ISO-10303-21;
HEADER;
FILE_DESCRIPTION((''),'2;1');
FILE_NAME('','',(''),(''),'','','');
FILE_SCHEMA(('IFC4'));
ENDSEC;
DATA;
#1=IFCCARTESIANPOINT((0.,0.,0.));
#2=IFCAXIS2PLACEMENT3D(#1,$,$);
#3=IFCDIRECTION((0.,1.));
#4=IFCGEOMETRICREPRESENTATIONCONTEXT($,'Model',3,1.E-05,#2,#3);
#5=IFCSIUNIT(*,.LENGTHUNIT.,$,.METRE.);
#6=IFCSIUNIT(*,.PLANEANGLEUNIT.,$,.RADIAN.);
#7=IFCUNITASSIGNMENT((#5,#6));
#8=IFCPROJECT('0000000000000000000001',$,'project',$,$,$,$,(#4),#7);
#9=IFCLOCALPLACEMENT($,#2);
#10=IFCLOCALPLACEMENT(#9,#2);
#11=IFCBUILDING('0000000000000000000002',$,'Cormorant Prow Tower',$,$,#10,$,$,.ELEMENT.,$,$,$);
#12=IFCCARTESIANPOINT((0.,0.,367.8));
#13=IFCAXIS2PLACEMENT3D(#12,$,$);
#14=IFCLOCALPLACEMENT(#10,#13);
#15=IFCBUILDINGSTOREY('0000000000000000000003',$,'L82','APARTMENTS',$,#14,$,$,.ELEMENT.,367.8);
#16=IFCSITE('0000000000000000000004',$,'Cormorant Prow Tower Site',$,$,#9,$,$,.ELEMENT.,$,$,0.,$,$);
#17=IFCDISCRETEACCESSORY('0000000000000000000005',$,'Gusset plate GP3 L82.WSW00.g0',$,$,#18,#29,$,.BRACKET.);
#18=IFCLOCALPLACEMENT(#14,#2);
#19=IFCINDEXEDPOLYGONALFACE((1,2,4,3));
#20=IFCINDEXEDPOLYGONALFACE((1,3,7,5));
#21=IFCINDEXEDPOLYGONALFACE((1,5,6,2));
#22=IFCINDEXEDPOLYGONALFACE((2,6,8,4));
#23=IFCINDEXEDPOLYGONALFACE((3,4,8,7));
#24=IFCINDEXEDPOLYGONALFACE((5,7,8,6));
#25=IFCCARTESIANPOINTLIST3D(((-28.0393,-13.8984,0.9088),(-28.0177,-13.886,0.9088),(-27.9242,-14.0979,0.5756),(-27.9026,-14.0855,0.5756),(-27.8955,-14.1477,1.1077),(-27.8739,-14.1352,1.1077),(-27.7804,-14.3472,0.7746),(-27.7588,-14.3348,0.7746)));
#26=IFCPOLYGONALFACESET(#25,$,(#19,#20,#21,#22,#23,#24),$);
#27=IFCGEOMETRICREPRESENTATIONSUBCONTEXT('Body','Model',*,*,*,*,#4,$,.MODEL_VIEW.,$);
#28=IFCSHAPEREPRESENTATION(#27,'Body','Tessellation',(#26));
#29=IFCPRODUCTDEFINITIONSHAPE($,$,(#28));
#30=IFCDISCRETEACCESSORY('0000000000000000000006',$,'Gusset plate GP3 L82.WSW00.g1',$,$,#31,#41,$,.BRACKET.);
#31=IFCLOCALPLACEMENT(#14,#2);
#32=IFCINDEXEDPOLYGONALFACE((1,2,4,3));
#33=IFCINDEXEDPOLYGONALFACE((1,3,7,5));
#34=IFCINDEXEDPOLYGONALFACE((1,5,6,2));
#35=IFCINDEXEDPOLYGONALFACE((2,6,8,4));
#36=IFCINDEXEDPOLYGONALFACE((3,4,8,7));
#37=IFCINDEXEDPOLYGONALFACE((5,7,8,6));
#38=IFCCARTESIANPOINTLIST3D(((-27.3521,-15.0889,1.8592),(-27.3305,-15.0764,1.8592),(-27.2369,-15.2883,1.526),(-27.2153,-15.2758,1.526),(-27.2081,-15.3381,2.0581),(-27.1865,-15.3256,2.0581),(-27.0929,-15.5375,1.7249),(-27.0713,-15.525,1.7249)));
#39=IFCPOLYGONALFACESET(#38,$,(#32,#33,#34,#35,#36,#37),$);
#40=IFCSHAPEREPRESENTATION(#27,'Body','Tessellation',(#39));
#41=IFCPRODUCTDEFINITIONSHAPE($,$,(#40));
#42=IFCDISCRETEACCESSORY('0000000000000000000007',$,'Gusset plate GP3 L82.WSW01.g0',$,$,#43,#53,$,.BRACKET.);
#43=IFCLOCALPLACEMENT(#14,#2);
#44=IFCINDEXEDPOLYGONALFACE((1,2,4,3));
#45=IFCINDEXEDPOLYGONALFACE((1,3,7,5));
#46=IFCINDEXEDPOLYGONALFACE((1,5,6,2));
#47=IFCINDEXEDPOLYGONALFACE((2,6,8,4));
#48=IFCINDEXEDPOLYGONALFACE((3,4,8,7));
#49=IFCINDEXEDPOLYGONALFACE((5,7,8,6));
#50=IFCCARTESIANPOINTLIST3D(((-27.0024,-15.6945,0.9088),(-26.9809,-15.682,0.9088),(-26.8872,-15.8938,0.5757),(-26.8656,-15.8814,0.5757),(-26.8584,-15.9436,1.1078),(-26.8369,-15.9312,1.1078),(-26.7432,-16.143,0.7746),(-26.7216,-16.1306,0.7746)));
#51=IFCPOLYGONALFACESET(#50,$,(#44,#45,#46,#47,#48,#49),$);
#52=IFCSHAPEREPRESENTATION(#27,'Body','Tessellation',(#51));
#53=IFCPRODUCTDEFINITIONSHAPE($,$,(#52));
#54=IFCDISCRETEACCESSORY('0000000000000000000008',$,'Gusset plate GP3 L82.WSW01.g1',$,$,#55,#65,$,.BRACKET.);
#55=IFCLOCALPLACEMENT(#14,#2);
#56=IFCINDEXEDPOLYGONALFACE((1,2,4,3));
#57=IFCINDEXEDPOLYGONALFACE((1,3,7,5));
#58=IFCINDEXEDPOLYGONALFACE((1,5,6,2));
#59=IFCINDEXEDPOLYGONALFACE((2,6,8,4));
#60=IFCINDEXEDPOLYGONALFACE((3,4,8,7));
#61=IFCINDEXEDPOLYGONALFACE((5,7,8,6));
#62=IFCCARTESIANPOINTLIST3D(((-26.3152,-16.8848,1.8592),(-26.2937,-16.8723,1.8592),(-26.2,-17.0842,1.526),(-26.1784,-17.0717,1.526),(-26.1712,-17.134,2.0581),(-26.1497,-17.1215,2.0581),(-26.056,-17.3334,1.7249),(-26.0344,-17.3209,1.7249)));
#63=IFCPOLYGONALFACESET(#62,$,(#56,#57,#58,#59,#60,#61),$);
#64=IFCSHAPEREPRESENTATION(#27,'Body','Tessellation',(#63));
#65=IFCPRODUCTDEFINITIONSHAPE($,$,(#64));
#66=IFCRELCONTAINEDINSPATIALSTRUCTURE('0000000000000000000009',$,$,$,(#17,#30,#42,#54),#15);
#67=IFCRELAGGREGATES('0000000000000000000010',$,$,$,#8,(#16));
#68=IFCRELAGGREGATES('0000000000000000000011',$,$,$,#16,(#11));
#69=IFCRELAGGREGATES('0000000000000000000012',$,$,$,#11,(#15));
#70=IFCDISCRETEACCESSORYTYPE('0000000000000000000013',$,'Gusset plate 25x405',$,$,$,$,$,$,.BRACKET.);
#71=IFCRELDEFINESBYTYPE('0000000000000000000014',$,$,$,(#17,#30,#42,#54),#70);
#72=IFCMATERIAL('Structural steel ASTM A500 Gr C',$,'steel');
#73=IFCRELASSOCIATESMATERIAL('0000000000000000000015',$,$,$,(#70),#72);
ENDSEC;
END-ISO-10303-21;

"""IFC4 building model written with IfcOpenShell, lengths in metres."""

from ifc_helpers import new_model, si_unit, direction, frame, origin, origin_2d, place, context, subcontext, project, spatial, rectangle, extrude, material, material_profile, profile_set, type_object, element, save


model = new_model("IFC4")

# Units and contexts
model_context = context("Model", 3, precision=1e-05, world=origin(), true_north=direction((0.0, 1.0)))
body_context = subcontext(model_context, "Body", "Model", "MODEL_VIEW")
ifc_project = project(units=[si_unit("LENGTHUNIT", "METRE"), si_unit("PLANEANGLEUNIT", "RADIAN")], contexts=[model_context])

# Site, building, storey
site_placement = place(None, origin())
site = spatial("IfcSite", under=ifc_project, at=site_placement, Name="Cormorant Prow Tower Site", CompositionType="ELEMENT", RefElevation=0.0)
building_placement = place(site_placement, origin())
building = spatial("IfcBuilding", under=site, at=building_placement, Name="Cormorant Prow Tower", CompositionType="ELEMENT")
storey_placement = place(building_placement, frame((0.0, 0.0, 367.8)))
storey = spatial("IfcBuildingStorey", under=building, at=storey_placement, Name="L82", Description="APARTMENTS", CompositionType="ELEMENT", Elevation=367.8)

# Discrete accessories
ifc_material_1 = material(Name="Structural steel ASTM A500 Gr C", Category="steel")
ifc_material_profile_1 = material_profile(ifc_material_1, rectangle(XDim=0.0249, YDim=0.405, at=origin_2d()), Name="Gusset plate 25x405")
ifc_profile_set_1 = profile_set([ifc_material_profile_1], Name="Structural steel ASTM A500 Gr C")
discrete_accessory_type = type_object("IfcDiscreteAccessoryType", Name="Gusset plate 25x405", PredefinedType="BRACKET", material=ifc_profile_set_1)
for number, where, z_axis, x_axis, name in (
    (1, (-27.8271, -14.2412, 0.9412), (-0.411016, 0.712474, -0.568723), (-0.8662, -0.499698, 0.0), "Gusset plate GP3 L82.WSW00.g0"),
    (2, (-27.2837, -15.1824, 1.6926), (0.411596, -0.71227, 0.56856), (0.865832, 0.500334, 0.0), "Gusset plate GP3 L82.WSW00.g1"),
    (3, (-26.79, -16.0371, 0.9412), (-0.411596, 0.71227, -0.56856), (-0.865832, -0.500334, 0.0), "Gusset plate GP3 L82.WSW01.g0"),
    (4, (-26.2468, -16.9783, 1.6926), (0.411596, -0.71227, 0.56856), (0.865832, 0.500334, 0.0), "Gusset plate GP3 L82.WSW01.g1"),
):
    element("IfcDiscreteAccessory", number, at=place(storey_placement, frame(where, z_axis=z_axis, x_axis=x_axis)), inside=storey, type_object=discrete_accessory_type, Name=name, PredefinedType="BRACKET", context=body_context, shape_type="SweptSolid", body=[
        extrude(rectangle(XDim=0.0249, YDim=0.405, at=origin_2d()), origin(), (0.0, 0.0, 1.0), 0.3499),
    ])

save(model, "model.ifc")
